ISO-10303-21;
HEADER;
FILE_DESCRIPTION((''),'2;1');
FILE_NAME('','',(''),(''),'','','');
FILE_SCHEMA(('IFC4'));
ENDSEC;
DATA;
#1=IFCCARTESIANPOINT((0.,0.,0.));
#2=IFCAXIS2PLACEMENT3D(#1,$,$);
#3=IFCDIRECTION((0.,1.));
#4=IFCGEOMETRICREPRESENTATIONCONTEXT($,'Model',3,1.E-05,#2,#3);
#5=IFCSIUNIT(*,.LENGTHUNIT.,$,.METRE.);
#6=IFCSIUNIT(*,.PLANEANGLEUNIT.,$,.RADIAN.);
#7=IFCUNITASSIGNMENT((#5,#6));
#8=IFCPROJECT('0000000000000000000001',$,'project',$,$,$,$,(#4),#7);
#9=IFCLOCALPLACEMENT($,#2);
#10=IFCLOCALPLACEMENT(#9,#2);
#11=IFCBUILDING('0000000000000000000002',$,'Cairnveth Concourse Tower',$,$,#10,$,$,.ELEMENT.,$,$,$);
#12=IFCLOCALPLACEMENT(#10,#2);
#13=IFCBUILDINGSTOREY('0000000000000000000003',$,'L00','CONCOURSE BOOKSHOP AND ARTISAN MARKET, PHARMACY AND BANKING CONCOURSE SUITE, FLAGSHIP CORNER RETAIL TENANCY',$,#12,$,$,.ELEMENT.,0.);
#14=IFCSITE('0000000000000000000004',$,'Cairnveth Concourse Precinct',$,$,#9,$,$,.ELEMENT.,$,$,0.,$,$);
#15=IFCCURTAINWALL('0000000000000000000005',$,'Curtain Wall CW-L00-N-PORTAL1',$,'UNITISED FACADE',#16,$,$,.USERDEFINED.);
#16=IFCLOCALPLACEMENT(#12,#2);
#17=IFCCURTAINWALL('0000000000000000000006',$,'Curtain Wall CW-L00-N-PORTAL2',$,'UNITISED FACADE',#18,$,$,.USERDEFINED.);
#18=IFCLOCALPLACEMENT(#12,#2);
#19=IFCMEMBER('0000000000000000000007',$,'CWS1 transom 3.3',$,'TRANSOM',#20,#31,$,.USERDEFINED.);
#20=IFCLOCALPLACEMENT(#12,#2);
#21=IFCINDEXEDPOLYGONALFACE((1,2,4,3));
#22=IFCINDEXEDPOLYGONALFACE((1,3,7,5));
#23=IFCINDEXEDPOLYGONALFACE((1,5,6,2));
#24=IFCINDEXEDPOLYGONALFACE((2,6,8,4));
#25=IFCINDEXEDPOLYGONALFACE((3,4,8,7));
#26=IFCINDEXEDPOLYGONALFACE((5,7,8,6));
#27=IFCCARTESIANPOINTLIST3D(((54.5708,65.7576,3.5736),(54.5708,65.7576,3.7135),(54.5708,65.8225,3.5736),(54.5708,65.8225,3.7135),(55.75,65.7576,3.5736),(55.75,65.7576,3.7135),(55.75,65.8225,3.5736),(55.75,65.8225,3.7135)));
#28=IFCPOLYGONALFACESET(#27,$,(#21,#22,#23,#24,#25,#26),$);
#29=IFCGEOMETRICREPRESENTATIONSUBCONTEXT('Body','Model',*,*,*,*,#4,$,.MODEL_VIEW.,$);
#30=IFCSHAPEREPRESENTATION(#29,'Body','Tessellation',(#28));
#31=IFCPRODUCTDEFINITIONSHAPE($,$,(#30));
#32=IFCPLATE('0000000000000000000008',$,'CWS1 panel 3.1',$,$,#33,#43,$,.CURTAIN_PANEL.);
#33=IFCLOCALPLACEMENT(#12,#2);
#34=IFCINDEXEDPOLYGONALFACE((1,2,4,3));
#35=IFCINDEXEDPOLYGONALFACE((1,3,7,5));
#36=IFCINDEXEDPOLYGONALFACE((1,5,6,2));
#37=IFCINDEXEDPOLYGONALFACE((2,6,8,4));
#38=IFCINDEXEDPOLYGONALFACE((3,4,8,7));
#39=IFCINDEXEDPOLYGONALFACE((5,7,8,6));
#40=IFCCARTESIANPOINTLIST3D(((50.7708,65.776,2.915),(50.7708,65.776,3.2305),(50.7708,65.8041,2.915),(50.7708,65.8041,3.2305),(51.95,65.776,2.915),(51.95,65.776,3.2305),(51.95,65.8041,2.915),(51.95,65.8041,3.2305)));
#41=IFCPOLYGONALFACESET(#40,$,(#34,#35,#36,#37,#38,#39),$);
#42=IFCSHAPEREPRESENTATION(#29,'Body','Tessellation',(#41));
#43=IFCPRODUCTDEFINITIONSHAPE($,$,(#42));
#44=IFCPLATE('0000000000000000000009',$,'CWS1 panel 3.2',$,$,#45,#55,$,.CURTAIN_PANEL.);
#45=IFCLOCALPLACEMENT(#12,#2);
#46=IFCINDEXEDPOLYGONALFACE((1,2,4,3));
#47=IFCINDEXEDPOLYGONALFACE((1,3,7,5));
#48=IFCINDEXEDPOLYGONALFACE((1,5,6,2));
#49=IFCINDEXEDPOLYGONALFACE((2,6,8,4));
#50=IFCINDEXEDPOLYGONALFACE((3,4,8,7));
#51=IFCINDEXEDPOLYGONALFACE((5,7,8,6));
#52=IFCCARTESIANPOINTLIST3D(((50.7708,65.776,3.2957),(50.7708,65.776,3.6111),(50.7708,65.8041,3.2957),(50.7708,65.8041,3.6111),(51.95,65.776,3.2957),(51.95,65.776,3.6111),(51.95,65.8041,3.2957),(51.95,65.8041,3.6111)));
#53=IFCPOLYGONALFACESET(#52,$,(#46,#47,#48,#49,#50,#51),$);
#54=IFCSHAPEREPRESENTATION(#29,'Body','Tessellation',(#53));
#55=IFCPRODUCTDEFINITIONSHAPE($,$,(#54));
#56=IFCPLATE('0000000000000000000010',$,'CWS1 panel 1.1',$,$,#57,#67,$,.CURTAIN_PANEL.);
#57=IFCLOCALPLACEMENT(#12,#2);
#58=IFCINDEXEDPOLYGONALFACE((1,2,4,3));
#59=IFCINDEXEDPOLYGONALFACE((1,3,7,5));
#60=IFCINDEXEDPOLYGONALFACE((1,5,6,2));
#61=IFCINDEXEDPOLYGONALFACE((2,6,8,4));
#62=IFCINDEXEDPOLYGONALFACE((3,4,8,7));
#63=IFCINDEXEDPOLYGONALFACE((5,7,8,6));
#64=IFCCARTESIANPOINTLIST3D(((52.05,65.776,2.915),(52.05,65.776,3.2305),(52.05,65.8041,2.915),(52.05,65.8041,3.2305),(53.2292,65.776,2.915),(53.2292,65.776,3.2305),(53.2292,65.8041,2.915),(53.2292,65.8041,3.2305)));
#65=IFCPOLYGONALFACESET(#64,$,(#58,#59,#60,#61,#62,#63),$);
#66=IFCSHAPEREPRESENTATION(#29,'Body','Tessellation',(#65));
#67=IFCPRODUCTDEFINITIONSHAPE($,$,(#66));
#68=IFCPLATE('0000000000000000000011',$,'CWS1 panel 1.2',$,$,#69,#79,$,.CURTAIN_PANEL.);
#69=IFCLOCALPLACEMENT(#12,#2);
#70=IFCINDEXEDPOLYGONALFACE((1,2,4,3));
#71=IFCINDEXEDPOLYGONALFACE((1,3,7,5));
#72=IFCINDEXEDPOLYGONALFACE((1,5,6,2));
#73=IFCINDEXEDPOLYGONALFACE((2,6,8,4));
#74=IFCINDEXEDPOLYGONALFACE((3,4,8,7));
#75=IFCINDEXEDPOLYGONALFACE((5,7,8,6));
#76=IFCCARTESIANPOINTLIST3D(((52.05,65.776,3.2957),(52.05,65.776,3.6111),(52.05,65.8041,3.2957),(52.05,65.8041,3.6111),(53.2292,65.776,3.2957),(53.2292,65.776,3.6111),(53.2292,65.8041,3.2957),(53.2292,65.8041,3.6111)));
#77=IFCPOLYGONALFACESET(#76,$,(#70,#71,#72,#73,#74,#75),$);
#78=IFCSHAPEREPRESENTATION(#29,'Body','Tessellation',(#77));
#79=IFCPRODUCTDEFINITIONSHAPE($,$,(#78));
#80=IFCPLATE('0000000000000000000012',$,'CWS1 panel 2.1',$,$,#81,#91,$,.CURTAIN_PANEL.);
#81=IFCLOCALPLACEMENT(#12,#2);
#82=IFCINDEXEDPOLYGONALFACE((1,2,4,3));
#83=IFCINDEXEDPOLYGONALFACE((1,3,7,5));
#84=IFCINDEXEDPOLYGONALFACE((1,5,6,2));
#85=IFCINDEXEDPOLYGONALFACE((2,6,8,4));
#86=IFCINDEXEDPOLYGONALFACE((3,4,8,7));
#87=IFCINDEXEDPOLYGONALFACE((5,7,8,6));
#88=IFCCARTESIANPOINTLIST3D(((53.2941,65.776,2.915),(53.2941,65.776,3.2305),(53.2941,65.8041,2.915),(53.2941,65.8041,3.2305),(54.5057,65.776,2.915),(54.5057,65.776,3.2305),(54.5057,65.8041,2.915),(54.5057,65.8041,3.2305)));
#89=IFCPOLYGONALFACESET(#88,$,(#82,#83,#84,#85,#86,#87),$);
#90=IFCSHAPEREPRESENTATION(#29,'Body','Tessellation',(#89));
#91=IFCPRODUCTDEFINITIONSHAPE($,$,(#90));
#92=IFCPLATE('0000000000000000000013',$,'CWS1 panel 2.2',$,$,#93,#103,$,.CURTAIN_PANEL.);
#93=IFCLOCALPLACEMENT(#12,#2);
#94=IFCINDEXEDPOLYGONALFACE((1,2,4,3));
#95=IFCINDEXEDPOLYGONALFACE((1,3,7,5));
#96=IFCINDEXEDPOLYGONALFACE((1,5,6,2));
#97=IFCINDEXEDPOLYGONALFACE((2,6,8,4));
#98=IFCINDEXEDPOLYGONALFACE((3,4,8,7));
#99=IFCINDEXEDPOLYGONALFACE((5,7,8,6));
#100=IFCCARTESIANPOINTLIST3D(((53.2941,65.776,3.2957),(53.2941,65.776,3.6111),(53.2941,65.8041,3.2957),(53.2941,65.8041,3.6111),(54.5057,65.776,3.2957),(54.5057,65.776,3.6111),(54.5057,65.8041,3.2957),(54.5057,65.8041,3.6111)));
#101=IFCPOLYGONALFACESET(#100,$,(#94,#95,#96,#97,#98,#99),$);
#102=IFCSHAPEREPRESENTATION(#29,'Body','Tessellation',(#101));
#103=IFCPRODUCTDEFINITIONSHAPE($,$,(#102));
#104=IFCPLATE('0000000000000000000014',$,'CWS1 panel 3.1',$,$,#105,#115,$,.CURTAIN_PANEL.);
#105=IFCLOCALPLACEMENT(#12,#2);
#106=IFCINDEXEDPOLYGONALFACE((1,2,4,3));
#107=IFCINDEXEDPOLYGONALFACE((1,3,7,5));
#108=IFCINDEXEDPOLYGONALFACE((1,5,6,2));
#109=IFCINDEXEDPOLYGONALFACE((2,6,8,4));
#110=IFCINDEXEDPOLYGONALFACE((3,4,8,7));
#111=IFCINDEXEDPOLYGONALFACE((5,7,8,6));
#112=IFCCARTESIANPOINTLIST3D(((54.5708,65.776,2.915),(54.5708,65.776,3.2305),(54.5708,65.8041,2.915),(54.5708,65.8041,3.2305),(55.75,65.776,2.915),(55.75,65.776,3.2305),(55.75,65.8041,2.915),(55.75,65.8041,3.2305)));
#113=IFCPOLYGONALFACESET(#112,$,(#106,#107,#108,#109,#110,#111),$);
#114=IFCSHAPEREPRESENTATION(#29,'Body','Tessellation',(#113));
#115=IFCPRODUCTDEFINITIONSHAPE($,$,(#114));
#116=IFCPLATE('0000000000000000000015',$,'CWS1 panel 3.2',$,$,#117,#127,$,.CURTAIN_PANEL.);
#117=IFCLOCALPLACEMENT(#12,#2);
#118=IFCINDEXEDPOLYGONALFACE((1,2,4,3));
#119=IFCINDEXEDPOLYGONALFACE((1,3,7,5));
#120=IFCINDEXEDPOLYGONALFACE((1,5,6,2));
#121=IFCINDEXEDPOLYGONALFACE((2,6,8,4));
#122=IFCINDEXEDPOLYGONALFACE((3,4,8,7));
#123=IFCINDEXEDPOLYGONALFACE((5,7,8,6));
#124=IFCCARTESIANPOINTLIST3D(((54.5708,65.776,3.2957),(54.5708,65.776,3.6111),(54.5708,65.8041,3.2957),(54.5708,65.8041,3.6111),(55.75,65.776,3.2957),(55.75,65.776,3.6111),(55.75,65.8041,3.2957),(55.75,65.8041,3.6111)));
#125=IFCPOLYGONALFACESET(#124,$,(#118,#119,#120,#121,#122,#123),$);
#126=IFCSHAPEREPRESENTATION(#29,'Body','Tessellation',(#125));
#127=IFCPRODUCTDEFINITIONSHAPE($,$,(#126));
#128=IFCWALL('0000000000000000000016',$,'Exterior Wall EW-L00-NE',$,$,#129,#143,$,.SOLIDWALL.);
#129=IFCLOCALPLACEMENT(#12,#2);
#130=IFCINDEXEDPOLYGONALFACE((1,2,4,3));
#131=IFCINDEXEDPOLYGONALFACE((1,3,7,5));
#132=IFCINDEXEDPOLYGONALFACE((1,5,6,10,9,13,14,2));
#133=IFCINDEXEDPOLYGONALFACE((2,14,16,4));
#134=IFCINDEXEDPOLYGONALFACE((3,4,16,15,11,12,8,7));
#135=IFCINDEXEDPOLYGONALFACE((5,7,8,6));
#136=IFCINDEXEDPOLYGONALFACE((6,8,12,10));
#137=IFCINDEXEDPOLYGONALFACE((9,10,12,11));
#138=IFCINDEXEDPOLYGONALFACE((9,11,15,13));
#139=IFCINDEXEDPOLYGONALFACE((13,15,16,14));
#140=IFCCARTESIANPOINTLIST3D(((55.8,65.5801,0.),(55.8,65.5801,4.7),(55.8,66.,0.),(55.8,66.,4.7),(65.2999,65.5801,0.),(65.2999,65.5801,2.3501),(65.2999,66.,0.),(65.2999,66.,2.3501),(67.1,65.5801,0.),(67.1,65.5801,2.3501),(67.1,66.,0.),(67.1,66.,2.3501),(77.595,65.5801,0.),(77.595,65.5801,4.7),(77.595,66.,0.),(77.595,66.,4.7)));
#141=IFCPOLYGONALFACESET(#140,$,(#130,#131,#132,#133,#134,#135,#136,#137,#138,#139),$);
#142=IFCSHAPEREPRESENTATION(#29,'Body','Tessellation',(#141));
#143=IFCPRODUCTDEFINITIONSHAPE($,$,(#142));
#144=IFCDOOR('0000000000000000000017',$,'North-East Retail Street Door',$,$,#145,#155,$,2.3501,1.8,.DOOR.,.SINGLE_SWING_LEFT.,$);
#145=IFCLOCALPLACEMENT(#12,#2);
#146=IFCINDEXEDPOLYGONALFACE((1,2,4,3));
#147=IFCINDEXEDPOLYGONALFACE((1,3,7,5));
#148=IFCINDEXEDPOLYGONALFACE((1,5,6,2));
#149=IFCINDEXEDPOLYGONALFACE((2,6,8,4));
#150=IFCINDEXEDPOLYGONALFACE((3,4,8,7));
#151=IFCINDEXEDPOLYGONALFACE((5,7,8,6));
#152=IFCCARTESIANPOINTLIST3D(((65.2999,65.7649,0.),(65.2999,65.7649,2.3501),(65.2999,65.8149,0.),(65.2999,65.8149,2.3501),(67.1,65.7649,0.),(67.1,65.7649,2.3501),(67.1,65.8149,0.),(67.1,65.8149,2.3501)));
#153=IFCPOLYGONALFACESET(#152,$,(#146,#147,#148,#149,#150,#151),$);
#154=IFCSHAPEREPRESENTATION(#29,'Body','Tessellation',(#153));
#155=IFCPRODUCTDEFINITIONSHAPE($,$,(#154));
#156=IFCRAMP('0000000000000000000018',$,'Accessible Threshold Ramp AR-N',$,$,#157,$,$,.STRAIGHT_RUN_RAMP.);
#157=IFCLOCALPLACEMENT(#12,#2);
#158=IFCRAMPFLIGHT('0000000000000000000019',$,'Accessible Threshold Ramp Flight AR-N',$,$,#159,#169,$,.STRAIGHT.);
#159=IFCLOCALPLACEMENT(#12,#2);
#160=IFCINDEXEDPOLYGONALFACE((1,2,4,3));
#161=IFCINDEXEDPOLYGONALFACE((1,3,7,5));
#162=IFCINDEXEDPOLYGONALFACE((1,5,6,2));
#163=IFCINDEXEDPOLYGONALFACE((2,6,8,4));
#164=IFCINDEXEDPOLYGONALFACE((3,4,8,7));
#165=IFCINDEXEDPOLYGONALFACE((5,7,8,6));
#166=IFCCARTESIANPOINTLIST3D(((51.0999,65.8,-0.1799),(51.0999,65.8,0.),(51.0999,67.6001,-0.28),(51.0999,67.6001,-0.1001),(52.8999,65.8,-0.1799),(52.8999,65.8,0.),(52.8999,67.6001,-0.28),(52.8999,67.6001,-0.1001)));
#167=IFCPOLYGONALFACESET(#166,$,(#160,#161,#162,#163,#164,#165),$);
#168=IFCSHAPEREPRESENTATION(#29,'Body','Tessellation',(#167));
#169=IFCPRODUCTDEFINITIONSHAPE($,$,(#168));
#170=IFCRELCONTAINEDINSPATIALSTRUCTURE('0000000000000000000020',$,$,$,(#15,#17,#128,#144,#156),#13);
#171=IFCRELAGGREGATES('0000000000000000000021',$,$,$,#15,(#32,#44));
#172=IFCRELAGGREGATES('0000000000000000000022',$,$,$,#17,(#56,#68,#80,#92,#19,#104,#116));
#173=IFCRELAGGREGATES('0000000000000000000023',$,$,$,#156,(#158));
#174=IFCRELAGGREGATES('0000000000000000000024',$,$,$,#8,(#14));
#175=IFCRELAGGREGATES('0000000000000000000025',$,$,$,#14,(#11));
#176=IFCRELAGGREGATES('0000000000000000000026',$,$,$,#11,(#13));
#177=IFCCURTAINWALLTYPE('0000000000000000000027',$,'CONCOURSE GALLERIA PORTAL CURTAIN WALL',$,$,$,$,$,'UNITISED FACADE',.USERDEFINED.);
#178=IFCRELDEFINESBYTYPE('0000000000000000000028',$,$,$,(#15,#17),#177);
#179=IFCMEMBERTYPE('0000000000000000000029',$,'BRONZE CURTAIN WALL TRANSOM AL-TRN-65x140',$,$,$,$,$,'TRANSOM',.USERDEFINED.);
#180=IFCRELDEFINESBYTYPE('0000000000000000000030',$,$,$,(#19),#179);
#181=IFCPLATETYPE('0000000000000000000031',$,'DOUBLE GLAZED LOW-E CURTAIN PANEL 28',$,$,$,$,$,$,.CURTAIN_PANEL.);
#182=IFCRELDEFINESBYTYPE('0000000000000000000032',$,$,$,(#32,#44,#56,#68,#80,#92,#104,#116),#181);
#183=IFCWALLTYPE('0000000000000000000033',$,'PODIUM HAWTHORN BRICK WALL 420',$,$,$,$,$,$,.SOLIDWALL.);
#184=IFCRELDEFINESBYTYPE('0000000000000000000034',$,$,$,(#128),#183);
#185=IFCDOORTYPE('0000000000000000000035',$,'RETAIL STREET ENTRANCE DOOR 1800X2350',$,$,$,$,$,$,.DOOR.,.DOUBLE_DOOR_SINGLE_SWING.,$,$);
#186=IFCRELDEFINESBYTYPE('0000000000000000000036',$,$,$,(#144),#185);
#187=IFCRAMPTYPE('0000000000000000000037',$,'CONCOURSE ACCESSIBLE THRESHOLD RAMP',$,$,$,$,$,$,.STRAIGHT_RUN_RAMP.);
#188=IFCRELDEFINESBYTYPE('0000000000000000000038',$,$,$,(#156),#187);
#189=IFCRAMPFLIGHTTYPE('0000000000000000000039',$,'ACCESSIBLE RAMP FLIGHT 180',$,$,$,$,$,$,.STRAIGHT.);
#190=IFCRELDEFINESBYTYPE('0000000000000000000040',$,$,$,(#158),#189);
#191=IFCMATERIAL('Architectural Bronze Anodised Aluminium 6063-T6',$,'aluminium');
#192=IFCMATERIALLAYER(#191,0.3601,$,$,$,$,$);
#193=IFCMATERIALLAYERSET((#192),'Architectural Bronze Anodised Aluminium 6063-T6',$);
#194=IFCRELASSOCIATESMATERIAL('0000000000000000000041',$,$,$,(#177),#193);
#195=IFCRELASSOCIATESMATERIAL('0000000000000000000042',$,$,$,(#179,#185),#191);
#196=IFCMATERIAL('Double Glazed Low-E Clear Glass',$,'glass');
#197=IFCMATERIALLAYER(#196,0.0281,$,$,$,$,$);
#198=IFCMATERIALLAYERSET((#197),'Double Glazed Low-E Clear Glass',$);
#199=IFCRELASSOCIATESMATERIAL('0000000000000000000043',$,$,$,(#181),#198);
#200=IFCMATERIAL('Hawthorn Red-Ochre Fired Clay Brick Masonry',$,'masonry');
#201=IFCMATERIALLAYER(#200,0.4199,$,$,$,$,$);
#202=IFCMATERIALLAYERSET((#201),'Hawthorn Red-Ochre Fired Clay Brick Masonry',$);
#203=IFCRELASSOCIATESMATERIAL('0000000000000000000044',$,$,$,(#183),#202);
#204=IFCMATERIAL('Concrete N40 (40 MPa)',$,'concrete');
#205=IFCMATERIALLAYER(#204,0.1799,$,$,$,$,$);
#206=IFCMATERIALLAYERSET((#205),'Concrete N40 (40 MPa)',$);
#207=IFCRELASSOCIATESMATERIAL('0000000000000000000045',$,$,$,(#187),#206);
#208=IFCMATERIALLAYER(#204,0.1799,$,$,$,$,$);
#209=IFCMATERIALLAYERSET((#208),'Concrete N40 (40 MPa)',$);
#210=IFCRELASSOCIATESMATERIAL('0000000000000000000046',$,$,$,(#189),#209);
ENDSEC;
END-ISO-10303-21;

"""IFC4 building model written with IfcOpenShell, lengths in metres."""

from ifc_helpers import new_model, si_unit, direction, frame, frame_2d, origin, origin_2d, place, context, subcontext, project, spatial, polyline, rectangle, outline, extrude, material, layer, layer_set, material_profile, profile_set, type_object, element, fill, aggregate, save


model = new_model("IFC4")

# Units and contexts
model_context = context("Model", 3, precision=1e-05, world=origin(), true_north=direction((0.0, 1.0)))
body_context = subcontext(model_context, "Body", "Model", "MODEL_VIEW")
ifc_project = project(units=[si_unit("LENGTHUNIT", "METRE"), si_unit("PLANEANGLEUNIT", "RADIAN")], contexts=[model_context])

# Site, building, storey
site_placement = place(None, origin())
site = spatial("IfcSite", under=ifc_project, at=site_placement, Name="Cairnveth Concourse Precinct", CompositionType="ELEMENT", RefElevation=0.0)
building_placement = place(site_placement, origin())
building = spatial("IfcBuilding", under=site, at=building_placement, Name="Cairnveth Concourse Tower", CompositionType="ELEMENT")
storey_placement = place(building_placement, origin())
storey = spatial("IfcBuildingStorey", under=building, at=storey_placement, Name="L00", Description="CONCOURSE BOOKSHOP AND ARTISAN MARKET, PHARMACY AND BANKING CONCOURSE SUITE, FLAGSHIP CORNER RETAIL TENANCY", CompositionType="ELEMENT", Elevation=0.0)

# Curtain wall
ifc_material_1 = material(Name="Architectural Bronze Anodised Aluminium 6063-T6", Category="aluminium")
ifc_layer_1 = layer(ifc_material_1, 0.3601)
ifc_layer_set_1 = layer_set([ifc_layer_1], Name="Architectural Bronze Anodised Aluminium 6063-T6")
curtain_wall_type = type_object("IfcCurtainWallType", Name="CONCOURSE GALLERIA PORTAL CURTAIN WALL", ElementType="UNITISED FACADE", PredefinedType="USERDEFINED", material=ifc_layer_set_1)
curtain_wall_1_placement = place(storey_placement, origin())
curtain_wall_1 = element("IfcCurtainWall", 1, at=curtain_wall_1_placement, inside=storey, type_object=curtain_wall_type, Name="Curtain Wall CW-L00-N-PORTAL1", ObjectType="UNITISED FACADE", PredefinedType="USERDEFINED")

# Curtain wall, member
curtain_wall_2_placement = place(storey_placement, origin())
curtain_wall_2 = element("IfcCurtainWall", 2, at=curtain_wall_2_placement, inside=storey, type_object=curtain_wall_type, Name="Curtain Wall CW-L00-N-PORTAL2", ObjectType="UNITISED FACADE", PredefinedType="USERDEFINED")
ifc_material_profile_1 = material_profile(ifc_material_1, rectangle(XDim=0.0649, YDim=0.1399, at=origin_2d()), Name="AL-TRN-65x140")
ifc_profile_set_1 = profile_set([ifc_material_profile_1], Name="Architectural Bronze Anodised Aluminium 6063-T6")
member_type_1 = type_object("IfcMemberType", Name="BRONZE CURTAIN WALL TRANSOM AL-TRN-65x140", ElementType="TRANSOM", PredefinedType="USERDEFINED", material=ifc_profile_set_1)
member_1_placement = place(storey_placement, frame((54.5708, 65.79, 3.6436), z_axis=(1.0, 0.0, 0.0), x_axis=(0.0, 1.0, 0.0)))
member_1 = element("IfcMember", 3, at=member_1_placement, type_object=member_type_1, Name="CWS1 transom 3.3", ObjectType="TRANSOM", PredefinedType="USERDEFINED", context=body_context, shape_type="SweptSolid", body=[
    extrude(rectangle(XDim=0.0649, YDim=0.1399, at=origin_2d()), origin(), (0.0, 0.0, 1.0), 1.1792),
])

# Plates
ifc_material_2 = material(Name="Double Glazed Low-E Clear Glass", Category="glass")
ifc_layer_2 = layer(ifc_material_2, 0.0281)
ifc_layer_set_2 = layer_set([ifc_layer_2], Name="Double Glazed Low-E Clear Glass")
plate_type = type_object("IfcPlateType", Name="DOUBLE GLAZED LOW-E CURTAIN PANEL 28", PredefinedType="CURTAIN_PANEL", material=ifc_layer_set_2)
plate_1_placement = place(storey_placement, frame((51.3604, 65.79, 2.915), z_axis=(0.0, 0.0, 1.0), x_axis=(1.0, 0.0, 0.0)))
plate_1 = element("IfcPlate", 4, at=plate_1_placement, type_object=plate_type, Name="CWS1 panel 3.1", PredefinedType="CURTAIN_PANEL", context=body_context, shape_type="SweptSolid", body=[
    extrude(rectangle(XDim=1.1792, YDim=0.0281, at=origin_2d()), origin(), (0.0, 0.0, 1.0), 0.3154),
])
plate_2_placement = place(storey_placement, frame((51.3604, 65.79, 3.2957), z_axis=(0.0, 0.0, 1.0), x_axis=(1.0, 0.0, 0.0)))
plate_2 = element("IfcPlate", 5, at=plate_2_placement, type_object=plate_type, Name="CWS1 panel 3.2", PredefinedType="CURTAIN_PANEL", context=body_context, shape_type="SweptSolid", body=[
    extrude(rectangle(XDim=1.1792, YDim=0.0281, at=origin_2d()), origin(), (0.0, 0.0, 1.0), 0.3154),
])
aggregate(curtain_wall_1, [plate_1, plate_2])
plate_3_placement = place(storey_placement, frame((52.6396, 65.79, 2.915), z_axis=(0.0, 0.0, 1.0), x_axis=(1.0, 0.0, 0.0)))
plate_3 = element("IfcPlate", 6, at=plate_3_placement, type_object=plate_type, Name="CWS1 panel 1.1", PredefinedType="CURTAIN_PANEL", context=body_context, shape_type="SweptSolid", body=[
    extrude(rectangle(XDim=1.1792, YDim=0.0281, at=origin_2d()), origin(), (0.0, 0.0, 1.0), 0.3154),
])
plate_4_placement = place(storey_placement, frame((52.6396, 65.79, 3.2957), z_axis=(0.0, 0.0, 1.0), x_axis=(1.0, 0.0, 0.0)))
plate_4 = element("IfcPlate", 7, at=plate_4_placement, type_object=plate_type, Name="CWS1 panel 1.2", PredefinedType="CURTAIN_PANEL", context=body_context, shape_type="SweptSolid", body=[
    extrude(rectangle(XDim=1.1792, YDim=0.0281, at=origin_2d()), origin(), (0.0, 0.0, 1.0), 0.3154),
])
plate_5_placement = place(storey_placement, frame((53.8999, 65.79, 2.915), z_axis=(0.0, 0.0, 1.0), x_axis=(1.0, 0.0, 0.0)))
plate_5 = element("IfcPlate", 8, at=plate_5_placement, type_object=plate_type, Name="CWS1 panel 2.1", PredefinedType="CURTAIN_PANEL", context=body_context, shape_type="SweptSolid", body=[
    extrude(rectangle(XDim=1.2117, YDim=0.0281, at=origin_2d()), origin(), (0.0, 0.0, 1.0), 0.3154),
])
plate_6_placement = place(storey_placement, frame((53.8999, 65.79, 3.2957), z_axis=(0.0, 0.0, 1.0), x_axis=(1.0, 0.0, 0.0)))
plate_6 = element("IfcPlate", 9, at=plate_6_placement, type_object=plate_type, Name="CWS1 panel 2.2", PredefinedType="CURTAIN_PANEL", context=body_context, shape_type="SweptSolid", body=[
    extrude(rectangle(XDim=1.2117, YDim=0.0281, at=origin_2d()), origin(), (0.0, 0.0, 1.0), 0.3154),
])
plate_7_placement = place(storey_placement, frame((55.1604, 65.79, 2.915), z_axis=(0.0, 0.0, 1.0), x_axis=(1.0, 0.0, 0.0)))
plate_7 = element("IfcPlate", 10, at=plate_7_placement, type_object=plate_type, Name="CWS1 panel 3.1", PredefinedType="CURTAIN_PANEL", context=body_context, shape_type="SweptSolid", body=[
    extrude(rectangle(XDim=1.1792, YDim=0.0281, at=origin_2d()), origin(), (0.0, 0.0, 1.0), 0.3154),
])
plate_8_placement = place(storey_placement, frame((55.1604, 65.79, 3.2957), z_axis=(0.0, 0.0, 1.0), x_axis=(1.0, 0.0, 0.0)))
plate_8 = element("IfcPlate", 11, at=plate_8_placement, type_object=plate_type, Name="CWS1 panel 3.2", PredefinedType="CURTAIN_PANEL", context=body_context, shape_type="SweptSolid", body=[
    extrude(rectangle(XDim=1.1792, YDim=0.0281, at=origin_2d()), origin(), (0.0, 0.0, 1.0), 0.3154),
])
aggregate(curtain_wall_2, [plate_3, plate_4, plate_5, plate_6, member_1, plate_7, plate_8])

# Wall, opening, door
ifc_material_3 = material(Name="Hawthorn Red-Ochre Fired Clay Brick Masonry", Category="masonry")
ifc_layer_3 = layer(ifc_material_3, 0.4199)
ifc_layer_set_3 = layer_set([ifc_layer_3], Name="Hawthorn Red-Ochre Fired Clay Brick Masonry")
wall_type = type_object("IfcWallType", Name="PODIUM HAWTHORN BRICK WALL 420", PredefinedType="SOLIDWALL", material=ifc_layer_set_3)
wall_placement = place(storey_placement, frame((55.8, 65.79, 0.0), z_axis=(0.0, 0.0, 1.0), x_axis=(1.0, 0.0, 0.0)))
wall = element("IfcWall", 12, at=wall_placement, inside=storey, type_object=wall_type, Name="Exterior Wall EW-L00-NE", PredefinedType="SOLIDWALL", context=body_context, shape_type="SweptSolid", body=[
    extrude(rectangle(XDim=21.7949, YDim=0.4199, at=frame_2d((10.8975, 0.0))), origin(), (0.0, 0.0, 1.0), 4.7),
])
opening_placement = place(wall_placement, frame((9.5, 0.0, 0.0)))
opening = element("IfcOpeningElement", 13, at=opening_placement, cuts=wall, PredefinedType="OPENING", context=body_context, shape_type="SweptSolid", body=[
    extrude(rectangle(XDim=1.8, YDim=2.3501, at=frame_2d((0.8999, 1.175))), frame((0.0, 0.22, 0.0), z_axis=(0.0, -1.0, 0.0), x_axis=(1.0, 0.0, 0.0)), (0.0, 0.0, 1.0), 0.4399),
])
door_type = type_object("IfcDoorType", Name="RETAIL STREET ENTRANCE DOOR 1800X2350", OperationType="DOUBLE_DOOR_SINGLE_SWING", PredefinedType="DOOR", material=ifc_material_1)
door_placement = place(opening_placement, origin())
door = element("IfcDoor", 14, at=door_placement, inside=storey, type_object=door_type, Name="North-East Retail Street Door", OperationType="SINGLE_SWING_LEFT", OverallHeight=2.3501, OverallWidth=1.8, PredefinedType="DOOR", context=body_context, shape_type="SweptSolid", body=[
    extrude(rectangle(XDim=1.8, YDim=2.3501, at=frame_2d((0.8999, 1.175))), frame((0.0, 0.0249, 0.0), z_axis=(0.0, -1.0, 0.0), x_axis=(1.0, 0.0, 0.0)), (0.0, 0.0, 1.0), 0.05),
])
fill(opening, door)

# Ramp, ramp flight
ifc_material_4 = material(Name="Concrete N40 (40 MPa)", Category="concrete")
ifc_layer_4 = layer(ifc_material_4, 0.1799)
ifc_layer_set_4 = layer_set([ifc_layer_4], Name="Concrete N40 (40 MPa)")
ramp_type = type_object("IfcRampType", Name="CONCOURSE ACCESSIBLE THRESHOLD RAMP", PredefinedType="STRAIGHT_RUN_RAMP", material=ifc_layer_set_4)
ramp_placement = place(storey_placement, origin())
ramp = element("IfcRamp", 15, at=ramp_placement, inside=storey, type_object=ramp_type, Name="Accessible Threshold Ramp AR-N", PredefinedType="STRAIGHT_RUN_RAMP")
ifc_layer_5 = layer(ifc_material_4, 0.1799)
ifc_layer_set_5 = layer_set([ifc_layer_5], Name="Concrete N40 (40 MPa)")
ramp_flight_type = type_object("IfcRampFlightType", Name="ACCESSIBLE RAMP FLIGHT 180", PredefinedType="STRAIGHT", material=ifc_layer_set_5)
ramp_flight_placement = place(storey_placement, frame((52.0, 67.6001, -0.1001), z_axis=(0.0, 0.0, 1.0), x_axis=(0.0, -1.0, 0.0)))
ramp_flight = element("IfcRampFlight", 16, at=ramp_flight_placement, type_object=ramp_flight_type, Name="Accessible Threshold Ramp Flight AR-N", PredefinedType="STRAIGHT", context=body_context, shape_type="SweptSolid", body=[
    extrude(outline(polyline([(0.0, 0.0), (1.8, 0.1001), (1.8, -0.0798), (0.0, -0.1799), (0.0, 0.0)])), frame((0.0, 0.8999, 0.0), z_axis=(0.0, -1.0, 0.0), x_axis=(1.0, 0.0, 0.0)), (0.0, 0.0, 1.0), 1.8),
])
aggregate(ramp, [ramp_flight])

save(model, "model.ifc")
